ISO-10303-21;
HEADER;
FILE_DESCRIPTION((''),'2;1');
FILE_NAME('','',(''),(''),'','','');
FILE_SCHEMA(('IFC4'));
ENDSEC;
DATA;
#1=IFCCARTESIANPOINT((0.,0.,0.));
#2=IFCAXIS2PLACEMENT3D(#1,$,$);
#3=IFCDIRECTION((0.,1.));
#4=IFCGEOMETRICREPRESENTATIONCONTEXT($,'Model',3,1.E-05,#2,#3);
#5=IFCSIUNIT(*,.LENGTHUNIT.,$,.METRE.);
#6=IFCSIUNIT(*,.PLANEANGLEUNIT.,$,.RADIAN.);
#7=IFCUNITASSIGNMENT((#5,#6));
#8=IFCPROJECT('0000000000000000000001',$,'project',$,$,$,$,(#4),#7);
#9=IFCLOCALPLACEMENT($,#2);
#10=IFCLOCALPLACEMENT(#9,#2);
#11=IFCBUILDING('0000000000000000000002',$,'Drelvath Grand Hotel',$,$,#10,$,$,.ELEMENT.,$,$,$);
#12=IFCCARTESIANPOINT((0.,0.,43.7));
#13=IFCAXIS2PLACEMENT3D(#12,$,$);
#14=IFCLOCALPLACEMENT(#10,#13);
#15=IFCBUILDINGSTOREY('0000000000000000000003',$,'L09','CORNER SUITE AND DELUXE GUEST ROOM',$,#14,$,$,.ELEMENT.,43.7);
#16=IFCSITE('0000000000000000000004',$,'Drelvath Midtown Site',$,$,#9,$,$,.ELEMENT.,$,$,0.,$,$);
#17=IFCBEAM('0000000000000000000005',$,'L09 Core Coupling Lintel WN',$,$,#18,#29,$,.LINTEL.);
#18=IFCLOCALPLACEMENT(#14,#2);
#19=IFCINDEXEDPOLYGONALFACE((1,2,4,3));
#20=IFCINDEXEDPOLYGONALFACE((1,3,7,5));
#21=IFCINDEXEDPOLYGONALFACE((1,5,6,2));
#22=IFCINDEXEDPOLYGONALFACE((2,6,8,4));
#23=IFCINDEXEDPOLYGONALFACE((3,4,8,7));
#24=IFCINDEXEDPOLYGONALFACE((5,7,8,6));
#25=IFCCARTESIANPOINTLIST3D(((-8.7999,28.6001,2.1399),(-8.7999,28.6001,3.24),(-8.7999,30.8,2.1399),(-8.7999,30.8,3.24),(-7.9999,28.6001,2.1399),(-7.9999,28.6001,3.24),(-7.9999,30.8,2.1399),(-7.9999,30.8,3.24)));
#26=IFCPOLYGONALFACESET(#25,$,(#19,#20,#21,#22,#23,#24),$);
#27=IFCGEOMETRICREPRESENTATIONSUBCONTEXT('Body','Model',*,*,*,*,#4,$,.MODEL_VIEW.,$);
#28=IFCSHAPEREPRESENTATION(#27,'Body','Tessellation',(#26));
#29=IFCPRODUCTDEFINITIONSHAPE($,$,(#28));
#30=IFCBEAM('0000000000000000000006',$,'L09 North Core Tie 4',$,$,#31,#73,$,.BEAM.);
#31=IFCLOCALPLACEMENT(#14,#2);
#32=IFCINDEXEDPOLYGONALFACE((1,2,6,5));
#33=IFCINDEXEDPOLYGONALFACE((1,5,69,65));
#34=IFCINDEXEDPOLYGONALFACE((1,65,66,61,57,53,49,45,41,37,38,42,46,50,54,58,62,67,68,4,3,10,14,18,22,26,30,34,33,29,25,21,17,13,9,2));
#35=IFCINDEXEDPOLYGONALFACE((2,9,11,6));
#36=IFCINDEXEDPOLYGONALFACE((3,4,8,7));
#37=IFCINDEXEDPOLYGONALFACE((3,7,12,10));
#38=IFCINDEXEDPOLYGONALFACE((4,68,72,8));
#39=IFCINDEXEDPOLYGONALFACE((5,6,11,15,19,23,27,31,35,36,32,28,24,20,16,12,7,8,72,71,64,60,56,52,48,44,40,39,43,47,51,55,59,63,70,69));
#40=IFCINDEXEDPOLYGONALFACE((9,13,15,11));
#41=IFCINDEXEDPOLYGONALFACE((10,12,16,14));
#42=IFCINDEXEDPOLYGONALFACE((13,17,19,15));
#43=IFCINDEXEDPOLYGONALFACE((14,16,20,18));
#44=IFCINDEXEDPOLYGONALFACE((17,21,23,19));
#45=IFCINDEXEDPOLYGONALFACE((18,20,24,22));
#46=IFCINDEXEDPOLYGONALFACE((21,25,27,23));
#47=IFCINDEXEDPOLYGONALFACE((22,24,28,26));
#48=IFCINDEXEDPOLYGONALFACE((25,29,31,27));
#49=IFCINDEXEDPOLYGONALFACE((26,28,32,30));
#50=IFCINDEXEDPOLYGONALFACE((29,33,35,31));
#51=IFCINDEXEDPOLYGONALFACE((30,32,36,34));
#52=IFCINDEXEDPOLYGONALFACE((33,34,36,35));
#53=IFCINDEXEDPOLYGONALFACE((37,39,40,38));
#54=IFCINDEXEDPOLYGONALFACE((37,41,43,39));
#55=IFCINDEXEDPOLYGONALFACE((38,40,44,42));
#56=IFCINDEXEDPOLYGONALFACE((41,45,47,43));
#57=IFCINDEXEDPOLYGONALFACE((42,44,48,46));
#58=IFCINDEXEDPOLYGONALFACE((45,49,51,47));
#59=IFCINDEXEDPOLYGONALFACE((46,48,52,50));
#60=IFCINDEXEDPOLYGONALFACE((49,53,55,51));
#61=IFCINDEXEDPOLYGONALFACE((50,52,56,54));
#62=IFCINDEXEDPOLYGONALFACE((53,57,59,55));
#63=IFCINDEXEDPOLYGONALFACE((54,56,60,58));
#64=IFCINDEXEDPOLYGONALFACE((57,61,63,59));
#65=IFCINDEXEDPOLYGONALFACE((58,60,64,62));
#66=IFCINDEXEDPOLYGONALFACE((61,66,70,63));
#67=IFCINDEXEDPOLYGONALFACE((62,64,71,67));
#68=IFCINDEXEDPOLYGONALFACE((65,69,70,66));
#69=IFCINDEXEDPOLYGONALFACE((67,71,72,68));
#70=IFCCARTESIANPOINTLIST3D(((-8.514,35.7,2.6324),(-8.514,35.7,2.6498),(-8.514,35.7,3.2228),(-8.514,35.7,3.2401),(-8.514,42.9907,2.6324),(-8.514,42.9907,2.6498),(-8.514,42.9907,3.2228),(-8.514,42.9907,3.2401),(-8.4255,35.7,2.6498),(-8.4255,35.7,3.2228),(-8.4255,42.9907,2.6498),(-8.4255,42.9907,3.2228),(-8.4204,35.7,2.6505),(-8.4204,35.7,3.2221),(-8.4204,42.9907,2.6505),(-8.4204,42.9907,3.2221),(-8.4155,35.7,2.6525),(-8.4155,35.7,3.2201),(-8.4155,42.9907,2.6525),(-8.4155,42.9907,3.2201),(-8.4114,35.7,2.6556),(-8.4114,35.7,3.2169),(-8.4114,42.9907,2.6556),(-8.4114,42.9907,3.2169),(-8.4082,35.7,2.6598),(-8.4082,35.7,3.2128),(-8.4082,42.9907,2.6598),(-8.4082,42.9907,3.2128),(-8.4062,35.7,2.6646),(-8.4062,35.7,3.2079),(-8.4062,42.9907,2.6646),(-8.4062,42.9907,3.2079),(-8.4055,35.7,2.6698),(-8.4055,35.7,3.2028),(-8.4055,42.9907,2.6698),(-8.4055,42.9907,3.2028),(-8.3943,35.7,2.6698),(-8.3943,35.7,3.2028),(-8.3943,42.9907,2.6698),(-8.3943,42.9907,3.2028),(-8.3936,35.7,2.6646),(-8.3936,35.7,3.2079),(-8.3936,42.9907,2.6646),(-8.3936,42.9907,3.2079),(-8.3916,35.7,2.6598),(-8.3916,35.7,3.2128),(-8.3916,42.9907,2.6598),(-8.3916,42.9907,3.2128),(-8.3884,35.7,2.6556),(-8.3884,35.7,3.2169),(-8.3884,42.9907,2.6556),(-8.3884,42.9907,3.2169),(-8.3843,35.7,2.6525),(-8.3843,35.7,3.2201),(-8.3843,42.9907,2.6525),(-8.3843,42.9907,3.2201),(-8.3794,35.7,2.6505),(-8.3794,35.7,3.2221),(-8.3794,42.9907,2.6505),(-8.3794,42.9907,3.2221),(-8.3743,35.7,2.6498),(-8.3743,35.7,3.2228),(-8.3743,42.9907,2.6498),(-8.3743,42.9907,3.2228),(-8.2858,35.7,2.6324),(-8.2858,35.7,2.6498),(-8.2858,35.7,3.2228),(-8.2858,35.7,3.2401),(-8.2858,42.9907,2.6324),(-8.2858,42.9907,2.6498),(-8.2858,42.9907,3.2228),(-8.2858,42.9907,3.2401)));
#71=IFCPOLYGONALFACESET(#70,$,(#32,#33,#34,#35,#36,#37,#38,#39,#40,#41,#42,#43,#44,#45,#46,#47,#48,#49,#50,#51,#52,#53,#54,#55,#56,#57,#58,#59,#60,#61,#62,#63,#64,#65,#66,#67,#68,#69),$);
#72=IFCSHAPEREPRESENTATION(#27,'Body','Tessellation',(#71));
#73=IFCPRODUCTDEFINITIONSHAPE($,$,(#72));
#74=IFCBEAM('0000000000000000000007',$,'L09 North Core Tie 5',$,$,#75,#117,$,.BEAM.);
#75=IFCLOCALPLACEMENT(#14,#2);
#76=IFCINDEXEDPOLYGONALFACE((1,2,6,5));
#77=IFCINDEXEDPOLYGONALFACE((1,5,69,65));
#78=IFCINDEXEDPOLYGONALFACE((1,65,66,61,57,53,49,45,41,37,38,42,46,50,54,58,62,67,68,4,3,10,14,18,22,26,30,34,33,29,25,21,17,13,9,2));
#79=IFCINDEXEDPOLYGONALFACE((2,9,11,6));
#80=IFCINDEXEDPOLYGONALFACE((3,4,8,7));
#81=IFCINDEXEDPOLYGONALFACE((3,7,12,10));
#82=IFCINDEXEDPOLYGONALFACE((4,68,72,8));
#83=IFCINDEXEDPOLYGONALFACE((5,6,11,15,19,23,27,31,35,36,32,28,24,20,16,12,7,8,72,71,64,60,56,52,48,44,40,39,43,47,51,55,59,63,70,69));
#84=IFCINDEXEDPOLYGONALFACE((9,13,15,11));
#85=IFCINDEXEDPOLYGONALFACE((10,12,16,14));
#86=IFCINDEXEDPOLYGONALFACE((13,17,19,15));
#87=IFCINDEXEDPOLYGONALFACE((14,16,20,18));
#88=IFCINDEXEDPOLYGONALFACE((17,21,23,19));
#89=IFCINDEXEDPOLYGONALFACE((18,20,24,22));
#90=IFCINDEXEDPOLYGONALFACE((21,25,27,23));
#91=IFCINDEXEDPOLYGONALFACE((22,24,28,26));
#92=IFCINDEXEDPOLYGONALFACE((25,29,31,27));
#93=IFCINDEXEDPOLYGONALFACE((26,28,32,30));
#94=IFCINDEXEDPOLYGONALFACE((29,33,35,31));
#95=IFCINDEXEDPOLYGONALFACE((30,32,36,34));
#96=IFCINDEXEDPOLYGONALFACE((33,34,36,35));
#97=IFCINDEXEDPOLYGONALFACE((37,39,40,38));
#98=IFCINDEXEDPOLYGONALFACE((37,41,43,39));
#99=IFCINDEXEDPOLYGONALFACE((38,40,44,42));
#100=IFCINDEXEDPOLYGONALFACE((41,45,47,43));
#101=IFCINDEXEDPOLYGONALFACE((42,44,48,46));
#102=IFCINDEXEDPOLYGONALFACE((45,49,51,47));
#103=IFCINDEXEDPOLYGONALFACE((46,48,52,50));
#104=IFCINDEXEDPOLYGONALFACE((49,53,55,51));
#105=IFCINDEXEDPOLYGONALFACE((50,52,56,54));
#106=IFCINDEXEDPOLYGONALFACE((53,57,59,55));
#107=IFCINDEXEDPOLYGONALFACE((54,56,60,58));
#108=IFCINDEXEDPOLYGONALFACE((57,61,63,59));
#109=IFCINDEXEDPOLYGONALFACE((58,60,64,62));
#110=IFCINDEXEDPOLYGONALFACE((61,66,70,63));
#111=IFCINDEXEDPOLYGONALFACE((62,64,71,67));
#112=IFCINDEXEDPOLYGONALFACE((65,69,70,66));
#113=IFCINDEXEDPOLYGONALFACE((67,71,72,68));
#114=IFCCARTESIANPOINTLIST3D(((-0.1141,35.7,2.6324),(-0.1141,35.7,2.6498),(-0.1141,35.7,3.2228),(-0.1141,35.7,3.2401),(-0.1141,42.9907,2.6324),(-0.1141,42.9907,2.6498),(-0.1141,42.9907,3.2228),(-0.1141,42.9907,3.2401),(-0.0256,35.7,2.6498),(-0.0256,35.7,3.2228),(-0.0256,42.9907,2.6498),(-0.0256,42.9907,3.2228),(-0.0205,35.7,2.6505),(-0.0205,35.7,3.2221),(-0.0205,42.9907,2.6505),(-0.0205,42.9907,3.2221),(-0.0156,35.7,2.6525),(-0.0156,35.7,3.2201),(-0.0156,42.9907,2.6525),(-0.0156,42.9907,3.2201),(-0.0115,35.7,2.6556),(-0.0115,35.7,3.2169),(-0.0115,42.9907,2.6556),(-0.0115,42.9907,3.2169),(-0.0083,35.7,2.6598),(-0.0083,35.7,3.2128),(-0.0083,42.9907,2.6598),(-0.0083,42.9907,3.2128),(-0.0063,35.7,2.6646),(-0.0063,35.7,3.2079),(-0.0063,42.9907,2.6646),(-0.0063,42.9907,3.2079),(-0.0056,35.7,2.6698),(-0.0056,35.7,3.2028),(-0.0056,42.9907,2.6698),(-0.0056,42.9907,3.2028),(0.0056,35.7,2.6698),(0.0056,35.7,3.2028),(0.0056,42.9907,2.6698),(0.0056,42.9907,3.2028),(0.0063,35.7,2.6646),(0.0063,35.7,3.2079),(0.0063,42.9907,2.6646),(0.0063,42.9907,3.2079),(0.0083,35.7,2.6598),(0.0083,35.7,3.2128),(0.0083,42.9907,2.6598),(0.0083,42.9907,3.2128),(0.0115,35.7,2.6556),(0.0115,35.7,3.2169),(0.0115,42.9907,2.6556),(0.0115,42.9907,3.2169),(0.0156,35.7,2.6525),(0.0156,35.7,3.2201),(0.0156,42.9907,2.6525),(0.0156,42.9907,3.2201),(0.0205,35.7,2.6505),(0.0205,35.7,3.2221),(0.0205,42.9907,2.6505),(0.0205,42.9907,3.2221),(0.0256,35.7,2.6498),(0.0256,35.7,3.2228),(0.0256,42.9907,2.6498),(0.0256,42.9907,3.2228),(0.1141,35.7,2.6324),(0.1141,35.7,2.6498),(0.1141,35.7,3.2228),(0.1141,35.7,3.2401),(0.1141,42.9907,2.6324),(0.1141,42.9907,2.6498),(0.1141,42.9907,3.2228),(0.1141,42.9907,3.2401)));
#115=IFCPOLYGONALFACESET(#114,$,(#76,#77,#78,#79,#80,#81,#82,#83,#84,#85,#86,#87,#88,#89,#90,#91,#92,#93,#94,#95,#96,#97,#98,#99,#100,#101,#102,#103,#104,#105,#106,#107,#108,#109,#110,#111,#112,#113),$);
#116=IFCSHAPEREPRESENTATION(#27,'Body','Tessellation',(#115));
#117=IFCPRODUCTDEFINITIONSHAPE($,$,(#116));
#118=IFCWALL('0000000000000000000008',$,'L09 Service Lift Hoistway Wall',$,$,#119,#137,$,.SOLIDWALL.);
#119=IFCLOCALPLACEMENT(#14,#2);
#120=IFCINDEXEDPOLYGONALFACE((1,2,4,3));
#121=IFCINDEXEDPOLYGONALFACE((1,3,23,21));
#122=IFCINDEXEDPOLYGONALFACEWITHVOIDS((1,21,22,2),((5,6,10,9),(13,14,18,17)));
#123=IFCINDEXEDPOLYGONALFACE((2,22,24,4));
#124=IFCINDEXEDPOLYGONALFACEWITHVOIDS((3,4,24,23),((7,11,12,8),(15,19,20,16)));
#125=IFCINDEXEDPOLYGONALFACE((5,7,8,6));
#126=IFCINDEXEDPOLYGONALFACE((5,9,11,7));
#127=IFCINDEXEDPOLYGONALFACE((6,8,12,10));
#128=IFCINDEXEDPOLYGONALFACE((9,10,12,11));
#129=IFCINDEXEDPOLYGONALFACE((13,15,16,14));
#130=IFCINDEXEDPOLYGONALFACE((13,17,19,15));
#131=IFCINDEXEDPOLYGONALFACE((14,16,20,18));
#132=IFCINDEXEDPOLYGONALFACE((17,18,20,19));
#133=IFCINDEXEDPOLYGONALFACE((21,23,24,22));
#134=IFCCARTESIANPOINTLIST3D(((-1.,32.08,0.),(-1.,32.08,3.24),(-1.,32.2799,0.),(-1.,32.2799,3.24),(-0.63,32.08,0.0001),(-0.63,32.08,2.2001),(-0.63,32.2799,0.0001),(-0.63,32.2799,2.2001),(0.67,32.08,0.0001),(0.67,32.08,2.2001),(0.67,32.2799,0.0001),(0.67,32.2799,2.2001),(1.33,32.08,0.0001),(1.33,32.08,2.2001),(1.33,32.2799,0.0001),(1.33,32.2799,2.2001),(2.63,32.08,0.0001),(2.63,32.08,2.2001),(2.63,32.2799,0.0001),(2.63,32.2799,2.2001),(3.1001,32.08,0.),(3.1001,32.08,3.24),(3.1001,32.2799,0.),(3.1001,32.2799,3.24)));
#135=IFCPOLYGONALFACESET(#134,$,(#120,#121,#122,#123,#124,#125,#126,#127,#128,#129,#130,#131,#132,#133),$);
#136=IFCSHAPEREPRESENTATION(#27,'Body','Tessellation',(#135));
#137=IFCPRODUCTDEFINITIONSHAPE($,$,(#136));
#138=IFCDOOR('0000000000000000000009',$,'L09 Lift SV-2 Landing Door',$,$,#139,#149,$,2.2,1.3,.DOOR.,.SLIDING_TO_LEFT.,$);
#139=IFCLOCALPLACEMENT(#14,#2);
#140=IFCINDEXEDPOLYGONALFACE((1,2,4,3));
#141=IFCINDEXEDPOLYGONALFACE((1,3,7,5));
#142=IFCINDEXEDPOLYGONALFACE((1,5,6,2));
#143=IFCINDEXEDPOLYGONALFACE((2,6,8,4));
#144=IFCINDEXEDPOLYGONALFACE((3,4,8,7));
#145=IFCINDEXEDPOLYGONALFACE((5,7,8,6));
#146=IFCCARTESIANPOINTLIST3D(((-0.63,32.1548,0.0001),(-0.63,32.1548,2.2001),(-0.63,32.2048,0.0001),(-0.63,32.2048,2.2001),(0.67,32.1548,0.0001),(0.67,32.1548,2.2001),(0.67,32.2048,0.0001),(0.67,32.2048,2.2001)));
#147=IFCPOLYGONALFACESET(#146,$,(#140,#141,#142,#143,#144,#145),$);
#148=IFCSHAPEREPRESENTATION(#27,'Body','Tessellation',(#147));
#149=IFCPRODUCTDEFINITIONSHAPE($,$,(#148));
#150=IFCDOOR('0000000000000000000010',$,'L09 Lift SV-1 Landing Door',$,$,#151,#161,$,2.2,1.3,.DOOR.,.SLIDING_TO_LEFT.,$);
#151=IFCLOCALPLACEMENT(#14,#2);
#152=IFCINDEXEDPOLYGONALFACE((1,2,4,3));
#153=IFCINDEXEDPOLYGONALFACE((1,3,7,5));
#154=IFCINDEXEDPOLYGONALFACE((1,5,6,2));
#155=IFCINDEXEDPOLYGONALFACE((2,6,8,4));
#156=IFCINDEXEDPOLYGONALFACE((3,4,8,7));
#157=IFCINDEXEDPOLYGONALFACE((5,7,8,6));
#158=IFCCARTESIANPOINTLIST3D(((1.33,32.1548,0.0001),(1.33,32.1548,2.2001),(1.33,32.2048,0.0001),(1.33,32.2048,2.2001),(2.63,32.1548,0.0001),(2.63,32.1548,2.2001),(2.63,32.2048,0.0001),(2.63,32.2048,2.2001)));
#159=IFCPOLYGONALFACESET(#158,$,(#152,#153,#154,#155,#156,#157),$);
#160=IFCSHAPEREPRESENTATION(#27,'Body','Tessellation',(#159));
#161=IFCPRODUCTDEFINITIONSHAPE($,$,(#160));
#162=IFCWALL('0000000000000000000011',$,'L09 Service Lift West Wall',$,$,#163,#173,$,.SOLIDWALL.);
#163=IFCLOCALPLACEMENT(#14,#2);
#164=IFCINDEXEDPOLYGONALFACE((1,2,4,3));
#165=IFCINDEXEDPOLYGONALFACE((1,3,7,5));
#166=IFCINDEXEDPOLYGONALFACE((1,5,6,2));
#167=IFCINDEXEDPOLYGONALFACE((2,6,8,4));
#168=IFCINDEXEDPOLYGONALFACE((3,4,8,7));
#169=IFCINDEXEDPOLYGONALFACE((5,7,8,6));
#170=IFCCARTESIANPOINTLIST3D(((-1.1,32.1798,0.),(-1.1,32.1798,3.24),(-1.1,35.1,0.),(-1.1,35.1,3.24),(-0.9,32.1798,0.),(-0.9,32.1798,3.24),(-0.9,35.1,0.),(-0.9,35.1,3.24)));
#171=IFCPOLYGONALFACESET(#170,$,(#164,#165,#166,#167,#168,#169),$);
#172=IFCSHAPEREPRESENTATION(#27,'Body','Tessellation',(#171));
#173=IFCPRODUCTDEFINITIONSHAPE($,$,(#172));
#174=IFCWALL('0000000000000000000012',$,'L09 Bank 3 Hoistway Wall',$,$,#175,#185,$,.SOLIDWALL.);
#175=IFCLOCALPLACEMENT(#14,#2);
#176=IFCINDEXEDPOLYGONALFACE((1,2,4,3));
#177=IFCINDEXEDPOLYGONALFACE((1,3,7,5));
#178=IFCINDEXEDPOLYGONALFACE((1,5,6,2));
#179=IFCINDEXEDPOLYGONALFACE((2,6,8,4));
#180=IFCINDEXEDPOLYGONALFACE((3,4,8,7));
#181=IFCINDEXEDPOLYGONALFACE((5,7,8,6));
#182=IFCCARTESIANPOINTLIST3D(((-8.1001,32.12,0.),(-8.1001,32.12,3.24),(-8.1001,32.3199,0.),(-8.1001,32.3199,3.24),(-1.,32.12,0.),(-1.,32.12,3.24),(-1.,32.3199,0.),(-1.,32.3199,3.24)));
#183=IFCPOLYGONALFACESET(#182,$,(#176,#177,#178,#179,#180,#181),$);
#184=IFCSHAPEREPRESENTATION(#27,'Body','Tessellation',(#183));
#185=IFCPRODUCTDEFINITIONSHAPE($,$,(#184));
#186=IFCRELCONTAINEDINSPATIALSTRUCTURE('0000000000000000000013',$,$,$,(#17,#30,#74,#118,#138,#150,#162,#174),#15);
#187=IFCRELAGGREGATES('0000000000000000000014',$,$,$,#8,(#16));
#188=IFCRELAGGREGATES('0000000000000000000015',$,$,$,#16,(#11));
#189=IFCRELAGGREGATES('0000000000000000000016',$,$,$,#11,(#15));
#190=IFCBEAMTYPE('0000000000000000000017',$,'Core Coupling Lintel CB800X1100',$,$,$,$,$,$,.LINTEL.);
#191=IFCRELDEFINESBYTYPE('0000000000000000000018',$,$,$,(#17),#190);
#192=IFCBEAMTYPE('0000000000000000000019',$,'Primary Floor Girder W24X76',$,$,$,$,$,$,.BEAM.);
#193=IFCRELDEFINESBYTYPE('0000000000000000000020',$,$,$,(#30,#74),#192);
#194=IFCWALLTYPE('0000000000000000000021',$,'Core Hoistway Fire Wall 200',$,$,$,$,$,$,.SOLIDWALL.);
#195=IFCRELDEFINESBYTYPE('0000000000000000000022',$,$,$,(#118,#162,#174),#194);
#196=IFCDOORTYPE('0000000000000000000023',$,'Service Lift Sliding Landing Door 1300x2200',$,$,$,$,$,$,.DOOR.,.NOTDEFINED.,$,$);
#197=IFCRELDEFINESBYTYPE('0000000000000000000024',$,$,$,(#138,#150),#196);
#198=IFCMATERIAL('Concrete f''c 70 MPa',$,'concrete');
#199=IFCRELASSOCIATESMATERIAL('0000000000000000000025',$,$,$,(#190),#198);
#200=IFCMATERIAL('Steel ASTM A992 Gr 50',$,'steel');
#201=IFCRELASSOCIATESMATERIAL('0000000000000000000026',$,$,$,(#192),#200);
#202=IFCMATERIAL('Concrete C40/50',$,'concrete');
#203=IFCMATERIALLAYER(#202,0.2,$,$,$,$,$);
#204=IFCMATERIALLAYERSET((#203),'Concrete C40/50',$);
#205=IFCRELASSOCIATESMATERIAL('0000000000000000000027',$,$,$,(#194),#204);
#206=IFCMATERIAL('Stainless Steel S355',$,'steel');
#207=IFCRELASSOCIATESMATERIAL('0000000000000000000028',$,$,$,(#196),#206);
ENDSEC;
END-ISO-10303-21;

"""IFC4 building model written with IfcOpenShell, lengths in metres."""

from ifc_helpers import new_model, si_unit, direction, frame, frame_2d, origin, origin_2d, place, context, subcontext, project, spatial, rectangle, i_section, extrude, material, layer, layer_set, material_profile, profile_set, type_object, element, fill, save


model = new_model("IFC4")

# Units and contexts
model_context = context("Model", 3, precision=1e-05, world=origin(), true_north=direction((0.0, 1.0)))
body_context = subcontext(model_context, "Body", "Model", "MODEL_VIEW")
ifc_project = project(units=[si_unit("LENGTHUNIT", "METRE"), si_unit("PLANEANGLEUNIT", "RADIAN")], contexts=[model_context])

# Site, building, storey
site_placement = place(None, origin())
site = spatial("IfcSite", under=ifc_project, at=site_placement, Name="Drelvath Midtown Site", CompositionType="ELEMENT", RefElevation=0.0)
building_placement = place(site_placement, origin())
building = spatial("IfcBuilding", under=site, at=building_placement, Name="Drelvath Grand Hotel", CompositionType="ELEMENT")
storey_placement = place(building_placement, frame((0.0, 0.0, 43.7)))
storey = spatial("IfcBuildingStorey", under=building, at=storey_placement, Name="L09", Description="CORNER SUITE AND DELUXE GUEST ROOM", CompositionType="ELEMENT", Elevation=43.7)

# Beams
ifc_material_1 = material(Name="Concrete f'c 70 MPa", Category="concrete")
ifc_material_profile_1 = material_profile(ifc_material_1, rectangle(XDim=0.8, YDim=1.1001, at=origin_2d()), Name="CB800X1100")
ifc_profile_set_1 = profile_set([ifc_material_profile_1], Name="Concrete f'c 70 MPa")
beam_type_1 = type_object("IfcBeamType", Name="Core Coupling Lintel CB800X1100", PredefinedType="LINTEL", material=ifc_profile_set_1)
beam_placement = place(storey_placement, frame((-8.3999, 28.6001, 2.6899), z_axis=(0.0, 1.0, 0.0), x_axis=(-1.0, 0.0, 0.0)))
element("IfcBeam", 1, at=beam_placement, inside=storey, type_object=beam_type_1, Name="L09 Core Coupling Lintel WN", PredefinedType="LINTEL", context=body_context, shape_type="SweptSolid", body=[
    extrude(rectangle(XDim=0.8, YDim=1.1001, at=origin_2d()), origin(), (0.0, 0.0, 1.0), 2.2),
])
ifc_material_2 = material(Name="Steel ASTM A992 Gr 50", Category="steel")
ifc_material_profile_2 = material_profile(ifc_material_2, i_section(OverallWidth=0.2283, OverallDepth=0.6077, WebThickness=0.0112, FlangeThickness=0.0173, FilletRadius=0.02, at=origin_2d()), Name="W24X76")
ifc_profile_set_2 = profile_set([ifc_material_profile_2], Name="Steel ASTM A992 Gr 50")
beam_type_2 = type_object("IfcBeamType", Name="Primary Floor Girder W24X76", PredefinedType="BEAM", material=ifc_profile_set_2)
for number, where, z_axis, x_axis, name in (
    (2, (-8.3999, 35.7, 2.9363), (0.0, 1.0, 0.0), (-1.0, 0.0, 0.0), "L09 North Core Tie 4"),
    (3, (0.0, 35.7, 2.9363), (0.0, 1.0, 0.0), (-1.0, 0.0, 0.0), "L09 North Core Tie 5"),
):
    element("IfcBeam", number, at=place(storey_placement, frame(where, z_axis=z_axis, x_axis=x_axis)), inside=storey, type_object=beam_type_2, Name=name, PredefinedType="BEAM", context=body_context, shape_type="SweptSolid", body=[
        extrude(i_section(OverallWidth=0.2283, OverallDepth=0.6077, WebThickness=0.0112, FlangeThickness=0.0173, FilletRadius=0.02, at=origin_2d()), origin(), (0.0, 0.0, 1.0), 7.2908),
    ])

# Wall, openings, doors
ifc_material_3 = material(Name="Concrete C40/50", Category="concrete")
ifc_layer_1 = layer(ifc_material_3, 0.2)
ifc_layer_set_1 = layer_set([ifc_layer_1], Name="Concrete C40/50")
wall_type_1 = type_object("IfcWallType", Name="Core Hoistway Fire Wall 200", PredefinedType="SOLIDWALL", material=ifc_layer_set_1)
wall_1_placement = place(storey_placement, frame((-1.0, 32.1799, 0.0), z_axis=(0.0, 0.0, 1.0), x_axis=(1.0, 0.0, 0.0)))
wall_1 = element("IfcWall", 4, at=wall_1_placement, inside=storey, type_object=wall_type_1, Name="L09 Service Lift Hoistway Wall", PredefinedType="SOLIDWALL", context=body_context, shape_type="SweptSolid", body=[
    extrude(rectangle(XDim=4.1001, YDim=0.2, at=frame_2d((2.05, 0.0))), origin(), (0.0, 0.0, 1.0), 3.24),
])
opening_1_placement = place(wall_1_placement, frame((0.3701, 0.0, 0.0)))
opening_1 = element("IfcOpeningElement", 5, at=opening_1_placement, cuts=wall_1, PredefinedType="OPENING", context=body_context, shape_type="SweptSolid", body=[
    extrude(rectangle(XDim=1.3, YDim=2.2, at=frame_2d((0.6499, 1.1001))), frame((0.0, 0.1099, 0.0), z_axis=(0.0, -1.0, 0.0), x_axis=(1.0, 0.0, 0.0)), (0.0, 0.0, 1.0), 0.22),
])
opening_2_placement = place(wall_1_placement, frame((2.3301, 0.0, 0.0)))
opening_2 = element("IfcOpeningElement", 6, at=opening_2_placement, cuts=wall_1, PredefinedType="OPENING", context=body_context, shape_type="SweptSolid", body=[
    extrude(rectangle(XDim=1.3, YDim=2.2, at=frame_2d((0.6499, 1.1001))), frame((0.0, 0.1099, 0.0), z_axis=(0.0, -1.0, 0.0), x_axis=(1.0, 0.0, 0.0)), (0.0, 0.0, 1.0), 0.22),
])
ifc_material_4 = material(Name="Stainless Steel S355", Category="steel")
door_type_1 = type_object("IfcDoorType", Name="Service Lift Sliding Landing Door 1300x2200", OperationType="NOTDEFINED", PredefinedType="DOOR", material=ifc_material_4)
door_1_placement = place(opening_1_placement, origin())
door_1 = element("IfcDoor", 7, at=door_1_placement, inside=storey, type_object=door_type_1, Name="L09 Lift SV-2 Landing Door", OperationType="SLIDING_TO_LEFT", OverallHeight=2.2, OverallWidth=1.3, PredefinedType="DOOR", context=body_context, shape_type="SweptSolid", body=[
    extrude(rectangle(XDim=1.3, YDim=2.2, at=frame_2d((0.6499, 1.1001))), frame((0.0, 0.0249, 0.0), z_axis=(0.0, -1.0, 0.0), x_axis=(1.0, 0.0, 0.0)), (0.0, 0.0, 1.0), 0.05),
])
fill(opening_1, door_1)
door_2_placement = place(opening_2_placement, origin())
door_2 = element("IfcDoor", 8, at=door_2_placement, inside=storey, type_object=door_type_1, Name="L09 Lift SV-1 Landing Door", OperationType="SLIDING_TO_LEFT", OverallHeight=2.2, OverallWidth=1.3, PredefinedType="DOOR", context=body_context, shape_type="SweptSolid", body=[
    extrude(rectangle(XDim=1.3, YDim=2.2, at=frame_2d((0.6499, 1.1001))), frame((0.0, 0.0249, 0.0), z_axis=(0.0, -1.0, 0.0), x_axis=(1.0, 0.0, 0.0)), (0.0, 0.0, 1.0), 0.05),
])
fill(opening_2, door_2)

# Walls
wall_2_placement = place(storey_placement, frame((-1.0, 32.1799, 0.0), z_axis=(0.0, 0.0, 1.0), x_axis=(0.0, 1.0, 0.0)))
element("IfcWall", 9, at=wall_2_placement, inside=storey, type_object=wall_type_1, Name="L09 Service Lift West Wall", PredefinedType="SOLIDWALL", context=body_context, shape_type="SweptSolid", body=[
    extrude(rectangle(XDim=2.9202, YDim=0.2, at=frame_2d((1.46, 0.0))), origin(), (0.0, 0.0, 1.0), 3.24),
])
wall_3_placement = place(storey_placement, frame((-8.1001, 32.22, 0.0), z_axis=(0.0, 0.0, 1.0), x_axis=(1.0, 0.0, 0.0)))
element("IfcWall", 10, at=wall_3_placement, inside=storey, type_object=wall_type_1, Name="L09 Bank 3 Hoistway Wall", PredefinedType="SOLIDWALL", context=body_context, shape_type="SweptSolid", body=[
    extrude(rectangle(XDim=7.1001, YDim=0.2, at=frame_2d((3.55, 0.0))), origin(), (0.0, 0.0, 1.0), 3.24),
])

save(model, "model.ifc")
